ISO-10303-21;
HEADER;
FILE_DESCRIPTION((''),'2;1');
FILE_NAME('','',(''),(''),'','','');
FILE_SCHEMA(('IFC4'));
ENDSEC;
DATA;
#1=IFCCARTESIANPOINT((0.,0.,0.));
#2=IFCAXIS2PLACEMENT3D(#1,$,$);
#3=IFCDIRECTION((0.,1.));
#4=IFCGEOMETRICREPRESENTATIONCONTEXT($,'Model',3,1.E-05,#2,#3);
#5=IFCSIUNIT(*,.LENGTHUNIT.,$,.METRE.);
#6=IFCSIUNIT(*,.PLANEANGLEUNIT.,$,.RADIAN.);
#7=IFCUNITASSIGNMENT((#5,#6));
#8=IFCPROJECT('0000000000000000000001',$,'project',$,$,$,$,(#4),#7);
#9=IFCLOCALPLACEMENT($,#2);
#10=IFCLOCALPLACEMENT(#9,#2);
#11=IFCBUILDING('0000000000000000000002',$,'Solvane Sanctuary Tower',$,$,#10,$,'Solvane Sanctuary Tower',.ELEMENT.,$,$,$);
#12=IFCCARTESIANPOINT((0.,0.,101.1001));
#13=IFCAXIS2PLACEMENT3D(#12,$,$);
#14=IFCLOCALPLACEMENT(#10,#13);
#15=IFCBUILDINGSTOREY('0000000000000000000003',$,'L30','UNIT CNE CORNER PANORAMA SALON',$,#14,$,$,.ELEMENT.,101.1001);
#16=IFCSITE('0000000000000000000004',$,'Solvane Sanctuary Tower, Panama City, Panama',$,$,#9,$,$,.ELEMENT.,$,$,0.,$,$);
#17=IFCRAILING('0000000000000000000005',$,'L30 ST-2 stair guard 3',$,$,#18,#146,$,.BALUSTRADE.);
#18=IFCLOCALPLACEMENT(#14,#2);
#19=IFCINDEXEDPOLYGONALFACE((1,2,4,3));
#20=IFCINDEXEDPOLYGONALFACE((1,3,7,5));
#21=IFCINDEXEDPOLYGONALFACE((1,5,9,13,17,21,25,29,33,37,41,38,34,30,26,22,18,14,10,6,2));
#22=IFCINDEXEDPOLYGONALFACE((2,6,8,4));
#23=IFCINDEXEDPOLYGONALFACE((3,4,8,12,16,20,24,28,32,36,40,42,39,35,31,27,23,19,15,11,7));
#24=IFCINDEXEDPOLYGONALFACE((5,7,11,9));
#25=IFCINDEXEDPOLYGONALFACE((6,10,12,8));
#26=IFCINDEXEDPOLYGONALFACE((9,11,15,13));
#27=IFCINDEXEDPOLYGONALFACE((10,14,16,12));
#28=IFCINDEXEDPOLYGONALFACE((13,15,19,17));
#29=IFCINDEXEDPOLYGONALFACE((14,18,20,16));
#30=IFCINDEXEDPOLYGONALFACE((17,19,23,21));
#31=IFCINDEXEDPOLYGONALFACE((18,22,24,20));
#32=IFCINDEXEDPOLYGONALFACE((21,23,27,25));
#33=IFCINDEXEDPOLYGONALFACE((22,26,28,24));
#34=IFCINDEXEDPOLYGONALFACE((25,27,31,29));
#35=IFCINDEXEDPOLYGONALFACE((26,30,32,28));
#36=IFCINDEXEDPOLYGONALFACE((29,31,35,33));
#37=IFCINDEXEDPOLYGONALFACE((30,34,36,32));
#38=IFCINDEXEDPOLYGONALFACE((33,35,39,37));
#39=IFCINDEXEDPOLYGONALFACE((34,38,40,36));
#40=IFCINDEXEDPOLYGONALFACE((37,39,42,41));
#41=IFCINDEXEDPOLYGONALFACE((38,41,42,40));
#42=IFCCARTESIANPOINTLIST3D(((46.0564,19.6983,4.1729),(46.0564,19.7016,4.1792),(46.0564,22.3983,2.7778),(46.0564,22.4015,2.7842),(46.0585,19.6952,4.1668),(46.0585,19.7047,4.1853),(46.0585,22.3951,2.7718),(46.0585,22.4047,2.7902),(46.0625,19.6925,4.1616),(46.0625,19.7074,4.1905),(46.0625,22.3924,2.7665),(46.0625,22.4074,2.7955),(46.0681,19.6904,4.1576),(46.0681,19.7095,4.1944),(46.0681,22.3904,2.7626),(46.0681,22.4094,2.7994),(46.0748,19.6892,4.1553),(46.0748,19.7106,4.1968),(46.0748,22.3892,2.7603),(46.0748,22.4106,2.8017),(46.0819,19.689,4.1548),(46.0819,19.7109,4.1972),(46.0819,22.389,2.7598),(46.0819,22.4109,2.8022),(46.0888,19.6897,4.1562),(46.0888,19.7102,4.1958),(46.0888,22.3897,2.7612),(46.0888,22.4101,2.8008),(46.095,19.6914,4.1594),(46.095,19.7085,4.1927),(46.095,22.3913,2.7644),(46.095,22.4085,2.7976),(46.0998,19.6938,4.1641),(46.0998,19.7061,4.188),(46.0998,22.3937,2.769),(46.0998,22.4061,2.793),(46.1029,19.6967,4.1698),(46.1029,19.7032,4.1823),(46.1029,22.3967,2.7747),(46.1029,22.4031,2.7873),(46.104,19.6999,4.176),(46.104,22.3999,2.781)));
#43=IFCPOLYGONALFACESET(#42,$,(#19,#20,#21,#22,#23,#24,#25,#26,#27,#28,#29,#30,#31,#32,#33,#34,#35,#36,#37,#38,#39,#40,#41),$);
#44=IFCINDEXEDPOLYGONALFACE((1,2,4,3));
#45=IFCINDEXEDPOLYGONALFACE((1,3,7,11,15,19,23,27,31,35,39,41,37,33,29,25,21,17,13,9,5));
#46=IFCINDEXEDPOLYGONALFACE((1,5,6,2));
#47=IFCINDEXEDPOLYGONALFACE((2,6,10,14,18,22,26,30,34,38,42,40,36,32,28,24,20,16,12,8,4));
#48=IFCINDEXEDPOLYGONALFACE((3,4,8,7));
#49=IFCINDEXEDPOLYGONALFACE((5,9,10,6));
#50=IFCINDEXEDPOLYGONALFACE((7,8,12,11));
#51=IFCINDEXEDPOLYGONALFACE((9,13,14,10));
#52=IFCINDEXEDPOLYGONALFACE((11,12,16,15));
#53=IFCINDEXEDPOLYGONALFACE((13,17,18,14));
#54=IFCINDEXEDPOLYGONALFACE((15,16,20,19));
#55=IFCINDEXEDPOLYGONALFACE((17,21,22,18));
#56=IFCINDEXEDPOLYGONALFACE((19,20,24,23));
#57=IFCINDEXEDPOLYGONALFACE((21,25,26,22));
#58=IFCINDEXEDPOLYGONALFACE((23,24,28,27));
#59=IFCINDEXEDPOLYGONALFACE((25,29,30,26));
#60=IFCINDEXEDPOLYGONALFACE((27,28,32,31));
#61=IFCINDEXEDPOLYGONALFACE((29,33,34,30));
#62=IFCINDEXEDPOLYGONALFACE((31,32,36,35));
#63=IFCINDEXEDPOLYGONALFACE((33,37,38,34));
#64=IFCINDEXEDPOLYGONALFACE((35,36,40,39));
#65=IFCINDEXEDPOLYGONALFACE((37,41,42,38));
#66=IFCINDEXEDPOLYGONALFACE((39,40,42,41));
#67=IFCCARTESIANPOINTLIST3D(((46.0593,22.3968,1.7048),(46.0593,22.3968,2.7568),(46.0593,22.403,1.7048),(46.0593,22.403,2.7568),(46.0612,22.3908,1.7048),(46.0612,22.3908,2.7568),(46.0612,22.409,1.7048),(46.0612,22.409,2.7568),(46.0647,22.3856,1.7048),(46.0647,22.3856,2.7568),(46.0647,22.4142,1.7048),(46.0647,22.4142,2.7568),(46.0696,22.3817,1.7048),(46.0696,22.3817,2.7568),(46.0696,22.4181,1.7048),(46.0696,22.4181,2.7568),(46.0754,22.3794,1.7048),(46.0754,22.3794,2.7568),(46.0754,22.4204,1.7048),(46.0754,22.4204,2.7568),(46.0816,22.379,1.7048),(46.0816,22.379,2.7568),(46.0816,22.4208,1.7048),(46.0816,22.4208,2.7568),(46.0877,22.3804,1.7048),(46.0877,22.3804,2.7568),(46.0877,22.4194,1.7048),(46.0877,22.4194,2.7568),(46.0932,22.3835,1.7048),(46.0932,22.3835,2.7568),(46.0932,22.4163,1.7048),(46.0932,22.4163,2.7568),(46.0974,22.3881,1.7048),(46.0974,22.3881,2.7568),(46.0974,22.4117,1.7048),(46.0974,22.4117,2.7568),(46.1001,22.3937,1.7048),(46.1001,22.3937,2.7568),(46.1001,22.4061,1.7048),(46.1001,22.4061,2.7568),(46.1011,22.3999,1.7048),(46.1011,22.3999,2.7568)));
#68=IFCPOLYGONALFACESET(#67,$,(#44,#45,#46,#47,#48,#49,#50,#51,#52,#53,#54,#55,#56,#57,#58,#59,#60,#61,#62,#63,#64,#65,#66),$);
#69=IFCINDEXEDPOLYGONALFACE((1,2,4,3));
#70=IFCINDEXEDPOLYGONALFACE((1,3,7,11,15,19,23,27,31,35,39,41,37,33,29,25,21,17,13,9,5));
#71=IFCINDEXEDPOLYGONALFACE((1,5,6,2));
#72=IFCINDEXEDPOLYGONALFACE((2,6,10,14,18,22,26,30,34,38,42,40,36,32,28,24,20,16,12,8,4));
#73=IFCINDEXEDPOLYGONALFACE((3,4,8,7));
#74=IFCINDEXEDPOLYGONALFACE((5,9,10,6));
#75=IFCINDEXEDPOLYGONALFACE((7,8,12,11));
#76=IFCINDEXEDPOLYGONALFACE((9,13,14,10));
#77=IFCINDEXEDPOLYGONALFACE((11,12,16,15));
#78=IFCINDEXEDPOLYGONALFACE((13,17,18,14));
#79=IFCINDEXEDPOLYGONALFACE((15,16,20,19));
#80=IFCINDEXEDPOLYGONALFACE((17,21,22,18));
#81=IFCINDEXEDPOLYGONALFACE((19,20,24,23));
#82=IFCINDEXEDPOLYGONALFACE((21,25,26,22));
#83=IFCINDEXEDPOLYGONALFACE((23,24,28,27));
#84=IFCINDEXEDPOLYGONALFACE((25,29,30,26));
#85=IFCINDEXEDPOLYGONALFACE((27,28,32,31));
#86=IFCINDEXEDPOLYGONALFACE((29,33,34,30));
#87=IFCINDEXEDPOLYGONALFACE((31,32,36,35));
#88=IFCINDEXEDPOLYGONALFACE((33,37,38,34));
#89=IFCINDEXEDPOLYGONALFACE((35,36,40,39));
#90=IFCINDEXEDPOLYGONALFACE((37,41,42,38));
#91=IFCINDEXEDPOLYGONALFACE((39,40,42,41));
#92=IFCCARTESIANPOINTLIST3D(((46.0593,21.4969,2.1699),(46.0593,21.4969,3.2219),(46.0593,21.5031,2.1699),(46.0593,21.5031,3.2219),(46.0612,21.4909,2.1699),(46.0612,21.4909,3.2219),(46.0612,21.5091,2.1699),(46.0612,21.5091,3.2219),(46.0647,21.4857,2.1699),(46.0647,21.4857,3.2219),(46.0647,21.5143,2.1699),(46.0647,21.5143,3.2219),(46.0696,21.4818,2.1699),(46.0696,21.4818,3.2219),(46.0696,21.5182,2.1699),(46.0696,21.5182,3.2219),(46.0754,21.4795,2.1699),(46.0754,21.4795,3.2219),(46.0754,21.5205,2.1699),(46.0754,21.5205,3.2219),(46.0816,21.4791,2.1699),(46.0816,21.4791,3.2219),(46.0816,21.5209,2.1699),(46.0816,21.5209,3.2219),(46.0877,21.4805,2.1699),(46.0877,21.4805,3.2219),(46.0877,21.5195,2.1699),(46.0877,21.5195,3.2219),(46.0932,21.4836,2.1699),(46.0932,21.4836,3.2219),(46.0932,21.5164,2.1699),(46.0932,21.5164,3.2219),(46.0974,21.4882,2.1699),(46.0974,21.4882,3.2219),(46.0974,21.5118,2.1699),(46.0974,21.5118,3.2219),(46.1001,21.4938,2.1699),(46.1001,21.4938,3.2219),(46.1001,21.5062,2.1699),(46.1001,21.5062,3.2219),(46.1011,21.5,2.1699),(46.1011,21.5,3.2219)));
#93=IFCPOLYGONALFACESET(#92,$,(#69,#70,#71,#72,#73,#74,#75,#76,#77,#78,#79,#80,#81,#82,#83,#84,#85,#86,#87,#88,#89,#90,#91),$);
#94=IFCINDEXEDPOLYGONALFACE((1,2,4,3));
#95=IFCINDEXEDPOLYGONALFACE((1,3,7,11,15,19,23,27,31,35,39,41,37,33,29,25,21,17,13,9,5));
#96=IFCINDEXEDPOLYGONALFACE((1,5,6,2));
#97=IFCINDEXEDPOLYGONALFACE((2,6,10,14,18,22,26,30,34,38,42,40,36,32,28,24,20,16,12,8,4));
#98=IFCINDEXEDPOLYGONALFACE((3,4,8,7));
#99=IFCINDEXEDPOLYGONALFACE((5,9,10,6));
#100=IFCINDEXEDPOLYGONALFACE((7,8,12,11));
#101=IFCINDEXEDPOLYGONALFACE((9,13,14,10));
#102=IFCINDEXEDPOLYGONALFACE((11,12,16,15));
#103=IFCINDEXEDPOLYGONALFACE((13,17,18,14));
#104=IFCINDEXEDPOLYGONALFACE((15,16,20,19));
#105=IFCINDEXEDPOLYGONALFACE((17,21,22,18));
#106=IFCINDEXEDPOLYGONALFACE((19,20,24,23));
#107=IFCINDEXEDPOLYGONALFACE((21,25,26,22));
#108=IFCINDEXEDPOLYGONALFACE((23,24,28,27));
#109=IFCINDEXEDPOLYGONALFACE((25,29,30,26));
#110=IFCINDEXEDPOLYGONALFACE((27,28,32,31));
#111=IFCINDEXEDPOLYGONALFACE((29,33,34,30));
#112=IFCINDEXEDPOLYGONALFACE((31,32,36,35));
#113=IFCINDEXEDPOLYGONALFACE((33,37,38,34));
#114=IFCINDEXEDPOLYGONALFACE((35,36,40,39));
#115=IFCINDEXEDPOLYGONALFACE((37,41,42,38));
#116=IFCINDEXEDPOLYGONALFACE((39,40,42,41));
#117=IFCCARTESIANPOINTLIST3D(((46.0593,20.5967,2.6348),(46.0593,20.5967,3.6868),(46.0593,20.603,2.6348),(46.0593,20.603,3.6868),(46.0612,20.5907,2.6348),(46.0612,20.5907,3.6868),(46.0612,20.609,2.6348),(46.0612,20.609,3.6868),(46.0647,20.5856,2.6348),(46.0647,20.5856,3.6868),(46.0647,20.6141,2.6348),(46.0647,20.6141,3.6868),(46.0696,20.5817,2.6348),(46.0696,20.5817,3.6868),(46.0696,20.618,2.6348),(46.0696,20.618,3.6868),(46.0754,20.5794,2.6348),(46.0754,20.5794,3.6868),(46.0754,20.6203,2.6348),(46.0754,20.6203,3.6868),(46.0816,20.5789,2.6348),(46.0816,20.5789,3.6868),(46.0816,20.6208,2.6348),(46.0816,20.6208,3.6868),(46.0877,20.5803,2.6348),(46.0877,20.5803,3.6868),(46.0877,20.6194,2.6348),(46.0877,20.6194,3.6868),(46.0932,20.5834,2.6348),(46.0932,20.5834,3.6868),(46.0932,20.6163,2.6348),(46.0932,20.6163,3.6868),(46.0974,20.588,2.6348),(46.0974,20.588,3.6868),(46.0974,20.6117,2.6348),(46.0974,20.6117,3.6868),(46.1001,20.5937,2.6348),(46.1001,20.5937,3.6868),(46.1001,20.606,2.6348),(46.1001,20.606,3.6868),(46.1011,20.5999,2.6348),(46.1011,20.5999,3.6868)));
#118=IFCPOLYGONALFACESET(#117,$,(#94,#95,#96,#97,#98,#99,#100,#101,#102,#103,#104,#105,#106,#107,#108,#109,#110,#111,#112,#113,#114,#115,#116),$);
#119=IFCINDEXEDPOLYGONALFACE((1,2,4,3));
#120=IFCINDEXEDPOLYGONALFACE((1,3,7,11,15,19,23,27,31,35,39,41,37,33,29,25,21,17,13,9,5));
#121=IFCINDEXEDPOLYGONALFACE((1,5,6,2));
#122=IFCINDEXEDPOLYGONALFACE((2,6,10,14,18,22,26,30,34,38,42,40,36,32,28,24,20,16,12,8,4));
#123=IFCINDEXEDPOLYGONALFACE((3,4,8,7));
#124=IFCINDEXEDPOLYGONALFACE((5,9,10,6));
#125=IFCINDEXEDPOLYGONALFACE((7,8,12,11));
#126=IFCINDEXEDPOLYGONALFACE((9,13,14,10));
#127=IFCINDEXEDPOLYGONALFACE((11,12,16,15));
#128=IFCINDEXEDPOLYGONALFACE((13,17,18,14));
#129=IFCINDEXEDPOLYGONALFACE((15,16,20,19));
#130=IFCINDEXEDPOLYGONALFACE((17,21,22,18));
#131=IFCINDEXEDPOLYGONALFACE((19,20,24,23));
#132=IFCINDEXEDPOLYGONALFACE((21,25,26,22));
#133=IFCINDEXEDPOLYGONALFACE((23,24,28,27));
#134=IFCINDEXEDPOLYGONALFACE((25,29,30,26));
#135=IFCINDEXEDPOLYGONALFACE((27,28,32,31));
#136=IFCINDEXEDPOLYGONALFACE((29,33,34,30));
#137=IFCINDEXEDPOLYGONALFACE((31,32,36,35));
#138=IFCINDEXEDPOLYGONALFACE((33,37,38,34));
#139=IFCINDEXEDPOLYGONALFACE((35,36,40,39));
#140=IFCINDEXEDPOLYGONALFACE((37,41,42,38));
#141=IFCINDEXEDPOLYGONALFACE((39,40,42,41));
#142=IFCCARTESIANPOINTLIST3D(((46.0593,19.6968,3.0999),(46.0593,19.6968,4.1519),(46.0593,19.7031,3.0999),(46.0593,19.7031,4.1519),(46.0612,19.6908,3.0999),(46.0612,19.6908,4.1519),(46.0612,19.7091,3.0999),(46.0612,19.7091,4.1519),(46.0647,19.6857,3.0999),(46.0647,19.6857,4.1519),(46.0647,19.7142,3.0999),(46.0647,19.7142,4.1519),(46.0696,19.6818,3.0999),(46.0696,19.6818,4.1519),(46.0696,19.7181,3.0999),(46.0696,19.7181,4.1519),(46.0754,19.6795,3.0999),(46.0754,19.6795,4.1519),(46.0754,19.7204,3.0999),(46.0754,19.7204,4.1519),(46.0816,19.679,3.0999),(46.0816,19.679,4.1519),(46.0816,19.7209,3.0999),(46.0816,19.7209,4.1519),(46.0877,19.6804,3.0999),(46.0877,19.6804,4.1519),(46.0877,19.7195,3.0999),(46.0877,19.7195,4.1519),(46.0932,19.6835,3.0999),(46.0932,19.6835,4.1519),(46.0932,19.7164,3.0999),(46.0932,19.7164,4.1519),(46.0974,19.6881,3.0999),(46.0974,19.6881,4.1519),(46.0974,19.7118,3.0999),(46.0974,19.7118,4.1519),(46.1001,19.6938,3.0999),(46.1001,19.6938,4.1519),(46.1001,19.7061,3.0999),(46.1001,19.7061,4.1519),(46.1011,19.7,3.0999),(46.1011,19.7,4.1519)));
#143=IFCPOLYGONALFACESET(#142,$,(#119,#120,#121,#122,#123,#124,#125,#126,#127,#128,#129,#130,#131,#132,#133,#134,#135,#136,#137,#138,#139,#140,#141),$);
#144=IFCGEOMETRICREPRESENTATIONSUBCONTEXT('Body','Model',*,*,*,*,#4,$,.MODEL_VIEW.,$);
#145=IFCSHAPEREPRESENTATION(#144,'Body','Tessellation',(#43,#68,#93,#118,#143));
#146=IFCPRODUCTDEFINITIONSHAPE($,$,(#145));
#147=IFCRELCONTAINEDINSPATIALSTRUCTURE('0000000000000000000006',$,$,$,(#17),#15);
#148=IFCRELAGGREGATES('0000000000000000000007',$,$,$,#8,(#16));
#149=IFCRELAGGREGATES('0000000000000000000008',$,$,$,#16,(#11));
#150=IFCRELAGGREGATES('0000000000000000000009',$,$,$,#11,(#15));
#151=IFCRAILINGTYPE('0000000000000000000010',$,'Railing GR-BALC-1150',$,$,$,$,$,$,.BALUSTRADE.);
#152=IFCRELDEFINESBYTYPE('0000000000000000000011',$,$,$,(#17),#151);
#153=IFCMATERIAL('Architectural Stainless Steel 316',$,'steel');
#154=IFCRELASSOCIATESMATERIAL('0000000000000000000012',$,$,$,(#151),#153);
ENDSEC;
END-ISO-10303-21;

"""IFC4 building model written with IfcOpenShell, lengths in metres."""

from ifc_helpers import new_model, si_unit, direction, frame, origin, origin_2d, place, context, subcontext, project, spatial, circle, extrude, material, type_object, element, save


model = new_model("IFC4")

# Units and contexts
model_context = context("Model", 3, precision=1e-05, world=origin(), true_north=direction((0.0, 1.0)))
body_context = subcontext(model_context, "Body", "Model", "MODEL_VIEW")
ifc_project = project(units=[si_unit("LENGTHUNIT", "METRE"), si_unit("PLANEANGLEUNIT", "RADIAN")], contexts=[model_context])

# Site, building, storey
site_placement = place(None, origin())
site = spatial("IfcSite", under=ifc_project, at=site_placement, Name="Solvane Sanctuary Tower, Panama City, Panama", CompositionType="ELEMENT", RefElevation=0.0)
building_placement = place(site_placement, origin())
building = spatial("IfcBuilding", under=site, at=building_placement, Name="Solvane Sanctuary Tower", LongName="Solvane Sanctuary Tower", CompositionType="ELEMENT")
storey_placement = place(building_placement, frame((0.0, 0.0, 101.1001)))
storey = spatial("IfcBuildingStorey", under=building, at=storey_placement, Name="L30", Description="UNIT CNE CORNER PANORAMA SALON", CompositionType="ELEMENT", Elevation=101.1001)

# Shared definitions
ifc_material_1 = material(Name="Architectural Stainless Steel 316", Category="steel")

# Railing
railing_type_1 = type_object("IfcRailingType", Name="Railing GR-BALC-1150", PredefinedType="BALUSTRADE", material=ifc_material_1)
railing_1_placement = place(storey_placement, frame((46.0801, 22.3999, 1.7048)))
element("IfcRailing", 1, at=railing_1_placement, inside=storey, type_object=railing_type_1, Name="L30 ST-2 stair guard 3", PredefinedType="BALUSTRADE", context=body_context, shape_type="SweptSolid", body=[
    extrude(circle(Radius=0.0239, at=origin_2d()), frame((0.0, 0.0, 1.0762), z_axis=(0.0, -0.88842, 0.459032), x_axis=(1.0, 0.0, 0.0)), (0.0, 0.0, 1.0), 3.0391),
    extrude(circle(Radius=0.021, at=origin_2d()), origin(), (0.0, 0.0, 1.0), 1.052),
    extrude(circle(Radius=0.021, at=origin_2d()), frame((0.0, -0.8999, 0.4651)), (0.0, 0.0, 1.0), 1.052),
    extrude(circle(Radius=0.021, at=origin_2d()), frame((0.0, -1.8, 0.9299)), (0.0, 0.0, 1.0), 1.052),
    extrude(circle(Radius=0.021, at=origin_2d()), frame((0.0, -2.7, 1.395)), (0.0, 0.0, 1.0), 1.052),
])

save(model, "model.ifc")
